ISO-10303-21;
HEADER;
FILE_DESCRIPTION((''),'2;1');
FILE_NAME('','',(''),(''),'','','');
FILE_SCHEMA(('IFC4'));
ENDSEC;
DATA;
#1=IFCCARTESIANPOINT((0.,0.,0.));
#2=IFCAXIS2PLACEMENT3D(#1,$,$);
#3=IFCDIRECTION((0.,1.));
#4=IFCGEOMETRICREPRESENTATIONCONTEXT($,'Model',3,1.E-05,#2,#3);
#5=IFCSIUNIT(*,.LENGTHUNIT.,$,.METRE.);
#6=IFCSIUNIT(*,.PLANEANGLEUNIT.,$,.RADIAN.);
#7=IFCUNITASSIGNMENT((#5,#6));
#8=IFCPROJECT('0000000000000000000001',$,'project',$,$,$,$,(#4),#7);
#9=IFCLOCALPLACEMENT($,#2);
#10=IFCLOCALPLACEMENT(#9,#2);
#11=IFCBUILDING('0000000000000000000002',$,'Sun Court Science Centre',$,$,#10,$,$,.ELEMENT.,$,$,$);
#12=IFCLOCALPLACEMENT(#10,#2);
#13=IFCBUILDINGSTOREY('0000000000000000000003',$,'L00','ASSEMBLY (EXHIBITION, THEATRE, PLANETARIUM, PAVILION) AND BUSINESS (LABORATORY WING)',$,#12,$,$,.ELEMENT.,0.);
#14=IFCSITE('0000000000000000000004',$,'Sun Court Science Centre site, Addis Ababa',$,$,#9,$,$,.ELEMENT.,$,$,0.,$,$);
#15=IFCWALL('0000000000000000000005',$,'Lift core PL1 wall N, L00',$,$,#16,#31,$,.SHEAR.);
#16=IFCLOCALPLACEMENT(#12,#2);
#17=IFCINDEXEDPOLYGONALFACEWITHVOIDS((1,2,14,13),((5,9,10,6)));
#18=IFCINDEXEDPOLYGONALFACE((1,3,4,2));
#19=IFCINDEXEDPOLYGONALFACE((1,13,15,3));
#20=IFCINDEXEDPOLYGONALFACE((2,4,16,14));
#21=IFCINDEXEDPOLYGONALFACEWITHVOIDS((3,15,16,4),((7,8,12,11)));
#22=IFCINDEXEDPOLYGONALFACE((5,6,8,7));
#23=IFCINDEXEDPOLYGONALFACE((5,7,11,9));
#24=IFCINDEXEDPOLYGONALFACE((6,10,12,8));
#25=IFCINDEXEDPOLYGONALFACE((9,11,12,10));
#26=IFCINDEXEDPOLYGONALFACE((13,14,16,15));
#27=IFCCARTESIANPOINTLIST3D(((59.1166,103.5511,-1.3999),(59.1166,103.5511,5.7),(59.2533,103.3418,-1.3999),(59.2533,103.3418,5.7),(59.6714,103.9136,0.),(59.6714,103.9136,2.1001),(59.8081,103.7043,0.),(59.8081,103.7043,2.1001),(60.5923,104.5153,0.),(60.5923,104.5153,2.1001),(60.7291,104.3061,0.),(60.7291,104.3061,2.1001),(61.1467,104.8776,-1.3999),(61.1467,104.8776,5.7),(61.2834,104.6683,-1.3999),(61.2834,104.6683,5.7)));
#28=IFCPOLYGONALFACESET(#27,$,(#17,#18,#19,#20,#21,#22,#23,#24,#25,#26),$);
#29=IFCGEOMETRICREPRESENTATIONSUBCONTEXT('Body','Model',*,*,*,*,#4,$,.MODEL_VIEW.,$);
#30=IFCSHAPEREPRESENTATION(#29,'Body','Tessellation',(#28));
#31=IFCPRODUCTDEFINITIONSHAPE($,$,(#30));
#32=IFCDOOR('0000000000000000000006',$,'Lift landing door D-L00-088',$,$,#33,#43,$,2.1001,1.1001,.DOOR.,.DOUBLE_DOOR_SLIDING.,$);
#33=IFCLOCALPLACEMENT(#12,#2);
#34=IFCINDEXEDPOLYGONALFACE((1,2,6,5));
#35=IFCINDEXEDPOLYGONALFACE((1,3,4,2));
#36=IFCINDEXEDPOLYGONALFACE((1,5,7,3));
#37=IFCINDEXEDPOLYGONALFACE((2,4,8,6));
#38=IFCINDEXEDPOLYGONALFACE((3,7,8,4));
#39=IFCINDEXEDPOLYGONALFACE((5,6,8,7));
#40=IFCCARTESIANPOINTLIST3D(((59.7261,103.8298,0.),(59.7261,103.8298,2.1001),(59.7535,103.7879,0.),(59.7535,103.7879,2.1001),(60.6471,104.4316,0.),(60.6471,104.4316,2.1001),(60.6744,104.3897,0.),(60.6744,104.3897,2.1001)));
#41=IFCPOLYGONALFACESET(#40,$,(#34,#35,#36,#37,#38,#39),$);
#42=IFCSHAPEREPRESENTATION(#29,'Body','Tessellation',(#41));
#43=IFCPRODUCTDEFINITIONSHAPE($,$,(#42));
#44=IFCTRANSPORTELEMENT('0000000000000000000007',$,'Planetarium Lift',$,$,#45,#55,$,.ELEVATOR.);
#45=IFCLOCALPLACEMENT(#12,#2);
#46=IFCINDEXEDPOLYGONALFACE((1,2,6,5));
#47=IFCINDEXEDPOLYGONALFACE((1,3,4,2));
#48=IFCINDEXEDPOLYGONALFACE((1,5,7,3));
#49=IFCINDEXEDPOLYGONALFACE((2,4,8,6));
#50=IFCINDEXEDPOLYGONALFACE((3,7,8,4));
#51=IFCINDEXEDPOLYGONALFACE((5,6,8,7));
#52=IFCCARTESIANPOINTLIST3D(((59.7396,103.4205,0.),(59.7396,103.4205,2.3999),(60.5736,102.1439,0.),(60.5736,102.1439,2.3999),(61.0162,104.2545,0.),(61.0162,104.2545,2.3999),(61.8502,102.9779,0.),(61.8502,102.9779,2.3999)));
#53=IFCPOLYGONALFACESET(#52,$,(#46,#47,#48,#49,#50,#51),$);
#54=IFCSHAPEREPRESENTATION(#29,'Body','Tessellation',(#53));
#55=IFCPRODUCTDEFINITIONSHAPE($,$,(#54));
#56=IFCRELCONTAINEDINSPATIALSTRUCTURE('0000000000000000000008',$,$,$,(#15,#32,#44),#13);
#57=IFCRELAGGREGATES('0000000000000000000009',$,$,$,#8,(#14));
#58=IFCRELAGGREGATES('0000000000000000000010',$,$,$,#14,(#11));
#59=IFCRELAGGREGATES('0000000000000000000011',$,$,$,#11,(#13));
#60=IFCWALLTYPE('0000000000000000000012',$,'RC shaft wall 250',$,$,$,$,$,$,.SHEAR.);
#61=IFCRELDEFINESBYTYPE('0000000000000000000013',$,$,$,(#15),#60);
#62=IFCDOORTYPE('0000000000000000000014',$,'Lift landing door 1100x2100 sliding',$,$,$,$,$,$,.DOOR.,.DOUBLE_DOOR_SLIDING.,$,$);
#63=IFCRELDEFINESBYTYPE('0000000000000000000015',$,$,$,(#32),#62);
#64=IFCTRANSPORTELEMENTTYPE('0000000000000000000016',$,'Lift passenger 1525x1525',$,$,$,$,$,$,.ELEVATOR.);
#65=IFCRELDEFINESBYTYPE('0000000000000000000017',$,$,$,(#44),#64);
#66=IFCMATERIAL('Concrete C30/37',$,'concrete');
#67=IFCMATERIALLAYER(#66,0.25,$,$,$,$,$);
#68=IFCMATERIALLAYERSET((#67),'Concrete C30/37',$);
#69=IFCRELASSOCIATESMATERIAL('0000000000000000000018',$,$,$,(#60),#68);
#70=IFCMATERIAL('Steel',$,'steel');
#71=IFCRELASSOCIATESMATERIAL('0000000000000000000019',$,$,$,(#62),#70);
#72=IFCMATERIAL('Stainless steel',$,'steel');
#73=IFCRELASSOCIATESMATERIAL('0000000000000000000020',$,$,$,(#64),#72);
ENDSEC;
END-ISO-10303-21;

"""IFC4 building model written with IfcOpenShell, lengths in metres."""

from ifc_helpers import new_model, si_unit, direction, frame, frame_2d, origin, origin_2d, place, context, subcontext, project, spatial, rectangle, extrude, material, layer, layer_set, type_object, element, fill, save


model = new_model("IFC4")

# Units and contexts
model_context = context("Model", 3, precision=1e-05, world=origin(), true_north=direction((0.0, 1.0)))
body_context = subcontext(model_context, "Body", "Model", "MODEL_VIEW")
ifc_project = project(units=[si_unit("LENGTHUNIT", "METRE"), si_unit("PLANEANGLEUNIT", "RADIAN")], contexts=[model_context])

# Site, building, storey
site_placement = place(None, origin())
site = spatial("IfcSite", under=ifc_project, at=site_placement, Name="Sun Court Science Centre site, Addis Ababa", CompositionType="ELEMENT", RefElevation=0.0)
building_placement = place(site_placement, origin())
building = spatial("IfcBuilding", under=site, at=building_placement, Name="Sun Court Science Centre", CompositionType="ELEMENT")
storey_placement = place(building_placement, origin())
storey = spatial("IfcBuildingStorey", under=building, at=storey_placement, Name="L00", Description="ASSEMBLY (EXHIBITION, THEATRE, PLANETARIUM, PAVILION) AND BUSINESS (LABORATORY WING)", CompositionType="ELEMENT", Elevation=0.0)

# Wall, opening, door
ifc_material_1 = material(Name="Concrete C30/37", Category="concrete")
ifc_layer_1 = layer(ifc_material_1, 0.25)
ifc_layer_set_1 = layer_set([ifc_layer_1], Name="Concrete C30/37")
wall_type_1 = type_object("IfcWallType", Name="RC shaft wall 250", PredefinedType="SHEAR", material=ifc_layer_set_1)
wall_1_placement = place(storey_placement, frame((59.1851, 103.4465, -1.3999), z_axis=(0.0, 0.0, 1.0), x_axis=(0.837142, 0.546986, 0.0)))
wall_1 = element("IfcWall", 1, at=wall_1_placement, inside=storey, type_object=wall_type_1, Name="Lift core PL1 wall N, L00", PredefinedType="SHEAR", context=body_context, shape_type="SweptSolid", body=[
    extrude(rectangle(XDim=2.425, YDim=0.25, at=frame_2d((1.2124, 0.0))), origin(), (0.0, 0.0, 1.0), 7.0999),
])
opening_1_placement = place(wall_1_placement, frame((0.6626, 0.0, 1.3999)))
opening_1 = element("IfcOpeningElement", 2, at=opening_1_placement, cuts=wall_1, PredefinedType="OPENING", context=body_context, shape_type="SweptSolid", body=[
    extrude(rectangle(XDim=1.1001, YDim=2.1001, at=frame_2d((0.55, 1.05))), frame((0.0, 0.135, 0.0), z_axis=(0.0, -1.0, 0.0), x_axis=(1.0, 0.0, 0.0)), (0.0, 0.0, 1.0), 0.27),
])
ifc_material_2 = material(Name="Steel", Category="steel")
door_type_1 = type_object("IfcDoorType", Name="Lift landing door 1100x2100 sliding", OperationType="DOUBLE_DOOR_SLIDING", PredefinedType="DOOR", material=ifc_material_2)
door_1_placement = place(opening_1_placement, origin())
door_1 = element("IfcDoor", 3, at=door_1_placement, inside=storey, type_object=door_type_1, Name="Lift landing door D-L00-088", OperationType="DOUBLE_DOOR_SLIDING", OverallHeight=2.1001, OverallWidth=1.1001, PredefinedType="DOOR", context=body_context, shape_type="SweptSolid", body=[
    extrude(rectangle(XDim=1.1001, YDim=2.1001, at=frame_2d((0.55, 1.05))), frame((0.0, 0.0249, 0.0), z_axis=(0.0, -1.0, 0.0), x_axis=(1.0, 0.0, 0.0)), (0.0, 0.0, 1.0), 0.05),
])
fill(opening_1, door_1)

# Transport element
ifc_material_3 = material(Name="Stainless steel", Category="steel")
transport_element_type = type_object("IfcTransportElementType", Name="Lift passenger 1525x1525", PredefinedType="ELEVATOR", material=ifc_material_3)
transport_element_placement = place(storey_placement, frame((60.7949, 103.1992, 0.0), z_axis=(0.0, 0.0, 1.0), x_axis=(0.837166, 0.546948, 0.0)))
element("IfcTransportElement", 4, at=transport_element_placement, inside=storey, type_object=transport_element_type, Name="Planetarium Lift", PredefinedType="ELEVATOR", context=body_context, shape_type="SweptSolid", body=[
    extrude(rectangle(XDim=1.5249, YDim=1.5249, at=origin_2d()), origin(), (0.0, 0.0, 1.0), 2.3999),
])

save(model, "model.ifc")
